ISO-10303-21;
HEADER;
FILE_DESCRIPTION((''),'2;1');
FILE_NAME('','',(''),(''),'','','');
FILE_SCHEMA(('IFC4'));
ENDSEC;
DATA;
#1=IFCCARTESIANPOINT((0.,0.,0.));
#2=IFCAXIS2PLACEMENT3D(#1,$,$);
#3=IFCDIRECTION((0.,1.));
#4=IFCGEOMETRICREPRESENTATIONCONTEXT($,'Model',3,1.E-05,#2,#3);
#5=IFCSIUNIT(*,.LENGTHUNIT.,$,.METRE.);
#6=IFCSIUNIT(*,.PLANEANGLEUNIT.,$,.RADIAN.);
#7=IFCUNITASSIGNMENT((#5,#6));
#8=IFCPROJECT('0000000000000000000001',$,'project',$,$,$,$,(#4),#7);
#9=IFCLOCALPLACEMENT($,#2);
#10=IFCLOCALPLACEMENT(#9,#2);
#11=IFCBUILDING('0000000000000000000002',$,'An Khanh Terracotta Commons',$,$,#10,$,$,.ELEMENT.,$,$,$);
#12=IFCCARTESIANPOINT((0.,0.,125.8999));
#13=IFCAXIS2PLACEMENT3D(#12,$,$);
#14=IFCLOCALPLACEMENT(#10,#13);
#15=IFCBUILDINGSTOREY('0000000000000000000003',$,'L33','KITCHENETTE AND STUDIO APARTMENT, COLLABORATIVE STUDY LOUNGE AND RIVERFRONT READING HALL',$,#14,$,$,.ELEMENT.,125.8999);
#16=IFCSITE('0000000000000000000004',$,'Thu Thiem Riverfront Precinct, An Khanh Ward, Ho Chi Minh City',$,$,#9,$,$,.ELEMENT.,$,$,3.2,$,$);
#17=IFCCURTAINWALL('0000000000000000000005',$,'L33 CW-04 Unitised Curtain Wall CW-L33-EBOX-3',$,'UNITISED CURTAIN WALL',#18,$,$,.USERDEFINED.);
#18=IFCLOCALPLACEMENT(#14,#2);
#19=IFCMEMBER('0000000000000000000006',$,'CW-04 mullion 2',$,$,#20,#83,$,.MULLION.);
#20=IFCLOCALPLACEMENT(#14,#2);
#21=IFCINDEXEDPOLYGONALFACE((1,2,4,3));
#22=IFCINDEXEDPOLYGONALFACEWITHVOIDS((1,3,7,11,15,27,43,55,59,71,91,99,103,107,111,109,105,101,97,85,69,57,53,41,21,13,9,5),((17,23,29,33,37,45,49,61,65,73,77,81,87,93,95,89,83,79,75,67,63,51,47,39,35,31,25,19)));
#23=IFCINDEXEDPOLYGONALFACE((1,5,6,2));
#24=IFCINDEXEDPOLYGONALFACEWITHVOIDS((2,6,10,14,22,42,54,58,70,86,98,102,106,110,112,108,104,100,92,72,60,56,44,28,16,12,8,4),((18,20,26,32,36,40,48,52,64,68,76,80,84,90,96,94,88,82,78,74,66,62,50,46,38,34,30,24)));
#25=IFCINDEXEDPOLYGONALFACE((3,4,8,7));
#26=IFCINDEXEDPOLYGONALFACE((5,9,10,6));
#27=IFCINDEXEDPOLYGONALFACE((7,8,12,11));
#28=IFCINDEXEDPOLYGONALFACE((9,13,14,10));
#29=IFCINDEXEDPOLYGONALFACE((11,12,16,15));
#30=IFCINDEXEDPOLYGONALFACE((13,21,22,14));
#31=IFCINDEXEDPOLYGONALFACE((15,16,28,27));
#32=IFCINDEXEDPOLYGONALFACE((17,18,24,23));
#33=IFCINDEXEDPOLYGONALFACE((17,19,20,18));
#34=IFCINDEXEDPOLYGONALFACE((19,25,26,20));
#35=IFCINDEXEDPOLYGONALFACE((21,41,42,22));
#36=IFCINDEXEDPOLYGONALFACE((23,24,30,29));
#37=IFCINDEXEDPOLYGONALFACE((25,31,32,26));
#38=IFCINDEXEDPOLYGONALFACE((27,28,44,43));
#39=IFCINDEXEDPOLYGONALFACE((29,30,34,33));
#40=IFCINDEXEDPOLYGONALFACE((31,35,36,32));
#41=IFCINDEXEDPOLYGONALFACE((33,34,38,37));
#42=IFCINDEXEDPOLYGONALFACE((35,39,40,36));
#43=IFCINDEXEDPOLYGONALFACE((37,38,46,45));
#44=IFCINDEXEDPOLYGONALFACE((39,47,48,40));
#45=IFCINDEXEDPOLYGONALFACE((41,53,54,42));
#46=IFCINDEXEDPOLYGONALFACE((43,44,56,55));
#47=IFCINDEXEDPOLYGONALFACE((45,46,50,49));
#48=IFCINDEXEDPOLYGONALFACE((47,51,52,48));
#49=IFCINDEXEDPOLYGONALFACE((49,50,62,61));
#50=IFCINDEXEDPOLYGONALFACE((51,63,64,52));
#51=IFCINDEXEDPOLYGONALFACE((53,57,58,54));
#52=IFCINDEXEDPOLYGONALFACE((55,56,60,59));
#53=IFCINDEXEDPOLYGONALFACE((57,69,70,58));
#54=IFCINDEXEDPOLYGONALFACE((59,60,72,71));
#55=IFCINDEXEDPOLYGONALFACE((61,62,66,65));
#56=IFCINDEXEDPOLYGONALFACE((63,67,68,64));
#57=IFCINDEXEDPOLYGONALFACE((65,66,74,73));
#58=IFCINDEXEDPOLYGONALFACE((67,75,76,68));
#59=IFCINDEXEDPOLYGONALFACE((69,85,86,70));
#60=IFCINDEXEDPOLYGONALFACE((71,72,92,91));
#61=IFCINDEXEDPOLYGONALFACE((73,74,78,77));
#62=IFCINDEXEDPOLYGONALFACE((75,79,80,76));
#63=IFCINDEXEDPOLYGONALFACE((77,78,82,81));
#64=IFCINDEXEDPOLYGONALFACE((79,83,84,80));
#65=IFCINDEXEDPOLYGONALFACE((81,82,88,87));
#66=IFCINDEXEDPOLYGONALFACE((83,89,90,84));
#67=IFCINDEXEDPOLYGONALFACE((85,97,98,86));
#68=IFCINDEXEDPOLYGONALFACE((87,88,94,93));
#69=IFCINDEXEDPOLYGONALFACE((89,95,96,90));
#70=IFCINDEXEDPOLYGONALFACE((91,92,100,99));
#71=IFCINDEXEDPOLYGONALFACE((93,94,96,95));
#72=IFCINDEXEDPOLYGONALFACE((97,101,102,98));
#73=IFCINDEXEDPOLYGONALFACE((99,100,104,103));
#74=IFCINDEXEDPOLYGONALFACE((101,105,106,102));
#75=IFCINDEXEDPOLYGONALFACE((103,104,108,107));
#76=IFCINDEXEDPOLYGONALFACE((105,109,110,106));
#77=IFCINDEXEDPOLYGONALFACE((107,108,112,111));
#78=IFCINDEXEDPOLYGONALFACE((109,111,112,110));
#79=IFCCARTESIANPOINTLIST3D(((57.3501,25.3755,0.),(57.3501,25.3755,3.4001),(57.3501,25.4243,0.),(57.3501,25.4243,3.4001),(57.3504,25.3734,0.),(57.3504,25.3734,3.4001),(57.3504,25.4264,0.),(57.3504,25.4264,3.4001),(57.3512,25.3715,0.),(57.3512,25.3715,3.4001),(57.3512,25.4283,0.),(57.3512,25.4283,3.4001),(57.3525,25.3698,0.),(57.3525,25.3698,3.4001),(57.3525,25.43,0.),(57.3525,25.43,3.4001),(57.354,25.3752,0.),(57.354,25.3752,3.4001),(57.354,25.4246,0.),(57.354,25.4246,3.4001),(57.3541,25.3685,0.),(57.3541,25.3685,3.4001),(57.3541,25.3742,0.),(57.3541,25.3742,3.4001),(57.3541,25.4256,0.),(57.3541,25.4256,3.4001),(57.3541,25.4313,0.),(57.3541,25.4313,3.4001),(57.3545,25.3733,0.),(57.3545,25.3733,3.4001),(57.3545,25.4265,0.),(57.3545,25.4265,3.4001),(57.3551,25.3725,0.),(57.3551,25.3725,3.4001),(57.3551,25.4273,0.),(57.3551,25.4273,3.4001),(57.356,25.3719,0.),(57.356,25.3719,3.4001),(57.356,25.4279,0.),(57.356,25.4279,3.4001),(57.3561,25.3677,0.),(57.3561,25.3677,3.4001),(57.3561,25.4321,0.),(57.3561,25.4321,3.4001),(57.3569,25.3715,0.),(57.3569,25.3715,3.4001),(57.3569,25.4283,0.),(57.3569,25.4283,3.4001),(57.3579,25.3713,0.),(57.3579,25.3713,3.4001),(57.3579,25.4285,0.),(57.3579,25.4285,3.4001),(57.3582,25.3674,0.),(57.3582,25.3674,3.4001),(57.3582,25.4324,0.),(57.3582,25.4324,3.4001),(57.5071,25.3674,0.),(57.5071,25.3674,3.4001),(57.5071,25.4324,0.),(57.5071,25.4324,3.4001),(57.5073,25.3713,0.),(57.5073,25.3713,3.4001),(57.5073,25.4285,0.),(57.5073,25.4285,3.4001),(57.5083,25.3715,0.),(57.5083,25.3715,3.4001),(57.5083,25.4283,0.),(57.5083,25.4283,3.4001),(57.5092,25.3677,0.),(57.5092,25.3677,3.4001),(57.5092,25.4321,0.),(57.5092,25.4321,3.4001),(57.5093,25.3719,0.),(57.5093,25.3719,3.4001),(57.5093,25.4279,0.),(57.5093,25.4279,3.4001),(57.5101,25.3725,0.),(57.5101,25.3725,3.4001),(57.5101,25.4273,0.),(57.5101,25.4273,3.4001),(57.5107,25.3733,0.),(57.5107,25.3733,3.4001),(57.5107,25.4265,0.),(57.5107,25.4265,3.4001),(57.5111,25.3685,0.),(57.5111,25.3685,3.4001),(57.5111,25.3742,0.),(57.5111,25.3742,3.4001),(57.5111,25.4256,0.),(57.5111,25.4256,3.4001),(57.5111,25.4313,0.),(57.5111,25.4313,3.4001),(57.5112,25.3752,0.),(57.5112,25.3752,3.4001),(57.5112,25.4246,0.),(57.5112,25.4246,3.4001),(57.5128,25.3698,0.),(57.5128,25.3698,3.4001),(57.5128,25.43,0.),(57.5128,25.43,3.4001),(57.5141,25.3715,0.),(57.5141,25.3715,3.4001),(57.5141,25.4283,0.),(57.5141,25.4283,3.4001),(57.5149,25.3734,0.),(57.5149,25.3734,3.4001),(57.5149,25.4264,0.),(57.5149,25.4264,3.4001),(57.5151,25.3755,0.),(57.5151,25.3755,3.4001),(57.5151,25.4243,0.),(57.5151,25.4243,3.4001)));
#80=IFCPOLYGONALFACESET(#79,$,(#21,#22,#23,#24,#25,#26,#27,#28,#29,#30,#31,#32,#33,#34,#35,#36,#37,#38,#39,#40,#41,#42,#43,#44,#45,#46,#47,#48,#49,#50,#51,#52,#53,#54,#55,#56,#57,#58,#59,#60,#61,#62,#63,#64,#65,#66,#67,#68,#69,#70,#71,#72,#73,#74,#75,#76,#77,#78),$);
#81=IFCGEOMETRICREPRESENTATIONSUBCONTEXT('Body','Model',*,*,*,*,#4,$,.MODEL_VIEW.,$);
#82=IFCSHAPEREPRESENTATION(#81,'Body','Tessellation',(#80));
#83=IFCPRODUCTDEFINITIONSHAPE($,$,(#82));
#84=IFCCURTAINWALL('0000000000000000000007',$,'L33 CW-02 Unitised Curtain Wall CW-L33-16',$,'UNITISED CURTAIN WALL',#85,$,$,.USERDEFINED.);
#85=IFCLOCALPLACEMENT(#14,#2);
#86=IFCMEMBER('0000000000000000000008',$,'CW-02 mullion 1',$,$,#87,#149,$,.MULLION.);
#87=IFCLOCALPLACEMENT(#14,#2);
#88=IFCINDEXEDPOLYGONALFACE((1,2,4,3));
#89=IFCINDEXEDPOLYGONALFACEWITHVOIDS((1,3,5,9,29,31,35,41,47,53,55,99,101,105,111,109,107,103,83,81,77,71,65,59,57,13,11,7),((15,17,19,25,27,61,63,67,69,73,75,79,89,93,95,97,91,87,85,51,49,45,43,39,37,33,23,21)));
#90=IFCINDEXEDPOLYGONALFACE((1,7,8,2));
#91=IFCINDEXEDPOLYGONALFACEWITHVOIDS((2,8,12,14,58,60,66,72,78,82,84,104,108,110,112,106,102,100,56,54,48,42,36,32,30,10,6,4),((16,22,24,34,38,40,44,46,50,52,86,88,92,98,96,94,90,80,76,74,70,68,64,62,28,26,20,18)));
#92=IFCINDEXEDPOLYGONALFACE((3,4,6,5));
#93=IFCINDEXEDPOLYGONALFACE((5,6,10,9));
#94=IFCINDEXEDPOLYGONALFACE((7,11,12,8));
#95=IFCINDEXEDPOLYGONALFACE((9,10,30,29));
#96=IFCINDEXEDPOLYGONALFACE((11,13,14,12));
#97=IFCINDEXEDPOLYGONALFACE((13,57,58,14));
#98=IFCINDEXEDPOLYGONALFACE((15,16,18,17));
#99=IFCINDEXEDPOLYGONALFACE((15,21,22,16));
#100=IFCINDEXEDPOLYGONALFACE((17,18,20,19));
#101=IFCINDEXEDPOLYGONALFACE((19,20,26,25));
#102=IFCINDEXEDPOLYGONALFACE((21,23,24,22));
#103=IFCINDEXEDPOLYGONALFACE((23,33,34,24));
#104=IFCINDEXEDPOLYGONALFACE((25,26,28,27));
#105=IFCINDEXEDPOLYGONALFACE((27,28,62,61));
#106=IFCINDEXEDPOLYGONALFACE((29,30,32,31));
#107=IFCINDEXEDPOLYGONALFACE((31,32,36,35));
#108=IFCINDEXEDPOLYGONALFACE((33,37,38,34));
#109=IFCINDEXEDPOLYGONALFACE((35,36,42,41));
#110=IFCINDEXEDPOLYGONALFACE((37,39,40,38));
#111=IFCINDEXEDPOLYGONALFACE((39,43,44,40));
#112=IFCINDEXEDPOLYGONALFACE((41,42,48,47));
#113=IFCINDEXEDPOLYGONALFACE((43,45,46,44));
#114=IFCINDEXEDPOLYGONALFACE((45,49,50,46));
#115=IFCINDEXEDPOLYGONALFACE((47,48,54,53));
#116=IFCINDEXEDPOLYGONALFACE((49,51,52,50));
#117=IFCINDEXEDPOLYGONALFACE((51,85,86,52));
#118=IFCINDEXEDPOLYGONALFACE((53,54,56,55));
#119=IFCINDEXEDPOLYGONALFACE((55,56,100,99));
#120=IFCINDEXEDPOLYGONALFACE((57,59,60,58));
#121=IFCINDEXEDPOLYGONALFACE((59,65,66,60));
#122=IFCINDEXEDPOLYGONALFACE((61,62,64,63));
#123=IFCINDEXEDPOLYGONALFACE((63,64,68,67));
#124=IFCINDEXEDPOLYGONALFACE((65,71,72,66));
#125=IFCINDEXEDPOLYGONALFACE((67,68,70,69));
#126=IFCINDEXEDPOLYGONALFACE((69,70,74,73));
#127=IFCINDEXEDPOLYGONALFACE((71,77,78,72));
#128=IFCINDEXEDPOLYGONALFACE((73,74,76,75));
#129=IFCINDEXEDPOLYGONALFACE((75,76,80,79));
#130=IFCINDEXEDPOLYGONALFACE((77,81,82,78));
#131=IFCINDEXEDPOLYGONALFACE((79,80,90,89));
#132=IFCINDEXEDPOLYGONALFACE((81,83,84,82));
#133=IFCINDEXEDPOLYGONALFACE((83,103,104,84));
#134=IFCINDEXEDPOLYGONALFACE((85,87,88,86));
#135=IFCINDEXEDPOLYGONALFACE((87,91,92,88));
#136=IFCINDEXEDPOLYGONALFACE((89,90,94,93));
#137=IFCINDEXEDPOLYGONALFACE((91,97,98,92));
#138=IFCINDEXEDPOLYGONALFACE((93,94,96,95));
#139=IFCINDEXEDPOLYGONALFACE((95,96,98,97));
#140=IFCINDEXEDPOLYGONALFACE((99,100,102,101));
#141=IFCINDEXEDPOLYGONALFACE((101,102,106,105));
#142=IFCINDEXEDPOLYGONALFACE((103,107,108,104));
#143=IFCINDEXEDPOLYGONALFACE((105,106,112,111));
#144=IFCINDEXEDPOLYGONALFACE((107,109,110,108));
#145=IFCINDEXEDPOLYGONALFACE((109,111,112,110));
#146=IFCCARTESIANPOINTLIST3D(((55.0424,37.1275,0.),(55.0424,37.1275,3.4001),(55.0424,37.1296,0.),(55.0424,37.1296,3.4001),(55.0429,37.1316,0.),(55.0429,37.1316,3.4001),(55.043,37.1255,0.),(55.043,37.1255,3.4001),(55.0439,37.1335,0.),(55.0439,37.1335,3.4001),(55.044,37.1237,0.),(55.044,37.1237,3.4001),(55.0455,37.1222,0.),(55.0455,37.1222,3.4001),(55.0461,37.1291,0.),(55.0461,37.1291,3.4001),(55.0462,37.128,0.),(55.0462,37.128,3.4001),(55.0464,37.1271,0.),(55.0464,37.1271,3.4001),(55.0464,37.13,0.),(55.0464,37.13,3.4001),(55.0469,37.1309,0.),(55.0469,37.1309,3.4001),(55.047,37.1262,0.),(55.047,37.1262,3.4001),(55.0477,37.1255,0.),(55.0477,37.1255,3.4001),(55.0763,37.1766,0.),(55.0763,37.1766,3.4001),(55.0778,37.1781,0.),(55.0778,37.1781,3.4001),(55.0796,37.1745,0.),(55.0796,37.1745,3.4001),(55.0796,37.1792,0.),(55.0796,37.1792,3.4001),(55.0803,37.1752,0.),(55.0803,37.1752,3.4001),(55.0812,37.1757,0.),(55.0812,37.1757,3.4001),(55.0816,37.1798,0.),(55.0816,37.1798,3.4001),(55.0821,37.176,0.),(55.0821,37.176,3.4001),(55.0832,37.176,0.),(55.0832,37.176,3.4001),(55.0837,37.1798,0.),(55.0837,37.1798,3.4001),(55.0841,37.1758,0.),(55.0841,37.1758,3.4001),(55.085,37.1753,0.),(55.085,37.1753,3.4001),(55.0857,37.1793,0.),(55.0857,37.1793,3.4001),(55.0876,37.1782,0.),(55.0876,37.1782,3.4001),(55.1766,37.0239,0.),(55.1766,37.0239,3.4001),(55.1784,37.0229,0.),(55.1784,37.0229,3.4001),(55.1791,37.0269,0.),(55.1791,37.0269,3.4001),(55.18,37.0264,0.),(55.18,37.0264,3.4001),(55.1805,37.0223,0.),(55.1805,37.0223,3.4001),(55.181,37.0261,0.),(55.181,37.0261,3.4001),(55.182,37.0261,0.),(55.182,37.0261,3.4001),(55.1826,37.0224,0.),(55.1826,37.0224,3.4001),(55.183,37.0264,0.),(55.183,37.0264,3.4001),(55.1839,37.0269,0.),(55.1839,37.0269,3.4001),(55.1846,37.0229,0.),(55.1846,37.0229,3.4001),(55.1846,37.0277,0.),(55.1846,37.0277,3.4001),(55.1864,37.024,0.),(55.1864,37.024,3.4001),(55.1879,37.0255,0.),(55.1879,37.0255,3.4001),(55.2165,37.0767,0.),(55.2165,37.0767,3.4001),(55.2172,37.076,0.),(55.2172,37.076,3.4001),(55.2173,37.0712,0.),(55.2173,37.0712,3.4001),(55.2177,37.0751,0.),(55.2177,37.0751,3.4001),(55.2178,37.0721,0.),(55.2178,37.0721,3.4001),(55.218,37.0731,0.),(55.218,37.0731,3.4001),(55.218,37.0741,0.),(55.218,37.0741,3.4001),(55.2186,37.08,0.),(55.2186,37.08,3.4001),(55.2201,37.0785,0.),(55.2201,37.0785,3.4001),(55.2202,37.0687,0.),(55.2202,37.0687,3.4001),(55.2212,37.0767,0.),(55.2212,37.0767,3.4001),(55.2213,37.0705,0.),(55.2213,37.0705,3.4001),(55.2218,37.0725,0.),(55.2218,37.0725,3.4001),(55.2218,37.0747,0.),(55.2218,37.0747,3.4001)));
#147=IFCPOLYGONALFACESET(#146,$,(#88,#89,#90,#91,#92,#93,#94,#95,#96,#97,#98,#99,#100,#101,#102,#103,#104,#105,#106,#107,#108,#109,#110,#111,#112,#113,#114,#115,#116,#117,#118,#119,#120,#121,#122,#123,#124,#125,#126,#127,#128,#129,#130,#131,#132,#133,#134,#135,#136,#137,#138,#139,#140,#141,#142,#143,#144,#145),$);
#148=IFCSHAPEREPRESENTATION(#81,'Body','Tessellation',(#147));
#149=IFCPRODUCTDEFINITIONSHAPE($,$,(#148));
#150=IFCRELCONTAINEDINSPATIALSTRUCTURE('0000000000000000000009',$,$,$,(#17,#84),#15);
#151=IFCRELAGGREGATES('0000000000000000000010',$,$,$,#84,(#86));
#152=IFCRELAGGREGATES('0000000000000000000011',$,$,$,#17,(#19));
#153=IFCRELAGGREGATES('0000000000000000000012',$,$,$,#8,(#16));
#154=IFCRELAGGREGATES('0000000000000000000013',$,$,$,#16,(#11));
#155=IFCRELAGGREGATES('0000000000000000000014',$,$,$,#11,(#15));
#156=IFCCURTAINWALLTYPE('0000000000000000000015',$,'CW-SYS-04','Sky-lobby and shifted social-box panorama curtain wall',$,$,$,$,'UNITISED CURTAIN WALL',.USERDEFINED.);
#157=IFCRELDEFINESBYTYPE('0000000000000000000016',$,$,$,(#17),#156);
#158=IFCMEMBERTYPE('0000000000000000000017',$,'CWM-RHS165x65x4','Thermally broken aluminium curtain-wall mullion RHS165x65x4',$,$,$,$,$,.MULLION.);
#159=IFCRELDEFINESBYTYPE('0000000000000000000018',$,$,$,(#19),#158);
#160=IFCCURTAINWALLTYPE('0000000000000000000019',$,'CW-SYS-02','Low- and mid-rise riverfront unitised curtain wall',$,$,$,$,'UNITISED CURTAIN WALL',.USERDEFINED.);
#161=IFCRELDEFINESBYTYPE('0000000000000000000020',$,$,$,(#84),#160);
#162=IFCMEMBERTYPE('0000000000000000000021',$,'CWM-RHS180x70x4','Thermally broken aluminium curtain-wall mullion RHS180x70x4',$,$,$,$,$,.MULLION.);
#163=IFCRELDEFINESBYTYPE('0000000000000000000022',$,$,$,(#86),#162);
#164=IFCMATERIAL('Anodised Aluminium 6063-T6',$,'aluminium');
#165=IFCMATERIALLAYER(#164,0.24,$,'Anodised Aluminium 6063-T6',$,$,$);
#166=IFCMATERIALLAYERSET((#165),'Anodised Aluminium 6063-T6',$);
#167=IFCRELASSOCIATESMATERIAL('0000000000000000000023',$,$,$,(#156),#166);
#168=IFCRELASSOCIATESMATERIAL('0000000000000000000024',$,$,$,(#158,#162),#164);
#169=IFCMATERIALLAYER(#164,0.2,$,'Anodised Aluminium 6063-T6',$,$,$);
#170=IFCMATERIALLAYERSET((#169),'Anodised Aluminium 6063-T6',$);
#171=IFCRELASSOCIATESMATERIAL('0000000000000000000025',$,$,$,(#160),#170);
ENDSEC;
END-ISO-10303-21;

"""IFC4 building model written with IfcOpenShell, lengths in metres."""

from ifc_helpers import new_model, si_unit, direction, frame, origin, origin_2d, place, context, subcontext, project, spatial, hollow_rectangle, extrude, material, layer, layer_set, material_profile, profile_set, type_object, element, aggregate, save


model = new_model("IFC4")

# Units and contexts
model_context = context("Model", 3, precision=1e-05, world=origin(), true_north=direction((0.0, 1.0)))
body_context = subcontext(model_context, "Body", "Model", "MODEL_VIEW")
ifc_project = project(units=[si_unit("LENGTHUNIT", "METRE"), si_unit("PLANEANGLEUNIT", "RADIAN")], contexts=[model_context])

# Site, building, storey
site_placement = place(None, origin())
site = spatial("IfcSite", under=ifc_project, at=site_placement, Name="Thu Thiem Riverfront Precinct, An Khanh Ward, Ho Chi Minh City", CompositionType="ELEMENT", RefElevation=3.2)
building_placement = place(site_placement, origin())
building = spatial("IfcBuilding", under=site, at=building_placement, Name="An Khanh Terracotta Commons", CompositionType="ELEMENT")
storey_placement = place(building_placement, frame((0.0, 0.0, 125.8999)))
storey = spatial("IfcBuildingStorey", under=building, at=storey_placement, Name="L33", Description="KITCHENETTE AND STUDIO APARTMENT, COLLABORATIVE STUDY LOUNGE AND RIVERFRONT READING HALL", CompositionType="ELEMENT", Elevation=125.8999)

# Shared definitions
ifc_material_1 = material(Name="Anodised Aluminium 6063-T6", Category="aluminium")
ifc_layer_1 = layer(ifc_material_1, 0.24, Name="Anodised Aluminium 6063-T6")
ifc_layer_set_1 = layer_set([ifc_layer_1], Name="Anodised Aluminium 6063-T6")
curtain_wall_type_1 = type_object("IfcCurtainWallType", Name="CW-SYS-04", Description="Sky-lobby and shifted social-box panorama curtain wall", ElementType="UNITISED CURTAIN WALL", PredefinedType="USERDEFINED", material=ifc_layer_set_1)
ifc_material_profile_1 = material_profile(ifc_material_1, hollow_rectangle(XDim=0.0649, YDim=0.165, WallThickness=0.0039, InnerFilletRadius=0.0039, OuterFilletRadius=0.0081, at=origin_2d()), Name="RHS165x65x4")
ifc_profile_set_1 = profile_set([ifc_material_profile_1], Name="Anodised Aluminium 6063-T6")
member_type_1 = type_object("IfcMemberType", Name="CWM-RHS165x65x4", Description="Thermally broken aluminium curtain-wall mullion RHS165x65x4", PredefinedType="MULLION", material=ifc_profile_set_1)

# Curtain walls, members
curtain_wall_1_placement = place(storey_placement, origin())
curtain_wall_1 = element("IfcCurtainWall", 1, at=curtain_wall_1_placement, inside=storey, type_object=curtain_wall_type_1, Name="L33 CW-04 Unitised Curtain Wall CW-L33-EBOX-3", ObjectType="UNITISED CURTAIN WALL", PredefinedType="USERDEFINED")
member_1_placement = place(storey_placement, frame((57.4326, 25.3999, 0.0), z_axis=(0.0, 0.0, 1.0), x_axis=(0.0, -1.0, 0.0)))
member_1 = element("IfcMember", 2, at=member_1_placement, type_object=member_type_1, Name="CW-04 mullion 2", PredefinedType="MULLION", context=body_context, shape_type="SweptSolid", body=[
    extrude(hollow_rectangle(XDim=0.0649, YDim=0.165, WallThickness=0.0039, InnerFilletRadius=0.0039, OuterFilletRadius=0.0081, at=origin_2d()), origin(), (0.0, 0.0, 1.0), 3.4001),
])
ifc_layer_2 = layer(ifc_material_1, 0.2, Name="Anodised Aluminium 6063-T6")
ifc_layer_set_2 = layer_set([ifc_layer_2], Name="Anodised Aluminium 6063-T6")
curtain_wall_type_2 = type_object("IfcCurtainWallType", Name="CW-SYS-02", Description="Low- and mid-rise riverfront unitised curtain wall", ElementType="UNITISED CURTAIN WALL", PredefinedType="USERDEFINED", material=ifc_layer_set_2)
curtain_wall_2_placement = place(storey_placement, origin())
curtain_wall_2 = element("IfcCurtainWall", 3, at=curtain_wall_2_placement, inside=storey, type_object=curtain_wall_type_2, Name="L33 CW-02 Unitised Curtain Wall CW-L33-16", ObjectType="UNITISED CURTAIN WALL", PredefinedType="USERDEFINED")
ifc_material_profile_2 = material_profile(ifc_material_1, hollow_rectangle(XDim=0.0701, YDim=0.1799, WallThickness=0.0039, InnerFilletRadius=0.0039, OuterFilletRadius=0.0081, at=origin_2d()), Name="RHS180x70x4")
ifc_profile_set_2 = profile_set([ifc_material_profile_2], Name="Anodised Aluminium 6063-T6")
member_type_2 = type_object("IfcMemberType", Name="CWM-RHS180x70x4", Description="Thermally broken aluminium curtain-wall mullion RHS180x70x4", PredefinedType="MULLION", material=ifc_profile_set_2)
member_2_placement = place(storey_placement, frame((55.1321, 37.1011, 0.0), z_axis=(0.0, 0.0, 1.0), x_axis=(-0.599983, -0.800013, 0.0)))
member_2 = element("IfcMember", 4, at=member_2_placement, type_object=member_type_2, Name="CW-02 mullion 1", PredefinedType="MULLION", context=body_context, shape_type="SweptSolid", body=[
    extrude(hollow_rectangle(XDim=0.0701, YDim=0.1799, WallThickness=0.0039, InnerFilletRadius=0.0039, OuterFilletRadius=0.0081, at=origin_2d()), origin(), (0.0, 0.0, 1.0), 3.4001),
])

aggregate(curtain_wall_2, [member_2])
aggregate(curtain_wall_1, [member_1])

save(model, "model.ifc")
